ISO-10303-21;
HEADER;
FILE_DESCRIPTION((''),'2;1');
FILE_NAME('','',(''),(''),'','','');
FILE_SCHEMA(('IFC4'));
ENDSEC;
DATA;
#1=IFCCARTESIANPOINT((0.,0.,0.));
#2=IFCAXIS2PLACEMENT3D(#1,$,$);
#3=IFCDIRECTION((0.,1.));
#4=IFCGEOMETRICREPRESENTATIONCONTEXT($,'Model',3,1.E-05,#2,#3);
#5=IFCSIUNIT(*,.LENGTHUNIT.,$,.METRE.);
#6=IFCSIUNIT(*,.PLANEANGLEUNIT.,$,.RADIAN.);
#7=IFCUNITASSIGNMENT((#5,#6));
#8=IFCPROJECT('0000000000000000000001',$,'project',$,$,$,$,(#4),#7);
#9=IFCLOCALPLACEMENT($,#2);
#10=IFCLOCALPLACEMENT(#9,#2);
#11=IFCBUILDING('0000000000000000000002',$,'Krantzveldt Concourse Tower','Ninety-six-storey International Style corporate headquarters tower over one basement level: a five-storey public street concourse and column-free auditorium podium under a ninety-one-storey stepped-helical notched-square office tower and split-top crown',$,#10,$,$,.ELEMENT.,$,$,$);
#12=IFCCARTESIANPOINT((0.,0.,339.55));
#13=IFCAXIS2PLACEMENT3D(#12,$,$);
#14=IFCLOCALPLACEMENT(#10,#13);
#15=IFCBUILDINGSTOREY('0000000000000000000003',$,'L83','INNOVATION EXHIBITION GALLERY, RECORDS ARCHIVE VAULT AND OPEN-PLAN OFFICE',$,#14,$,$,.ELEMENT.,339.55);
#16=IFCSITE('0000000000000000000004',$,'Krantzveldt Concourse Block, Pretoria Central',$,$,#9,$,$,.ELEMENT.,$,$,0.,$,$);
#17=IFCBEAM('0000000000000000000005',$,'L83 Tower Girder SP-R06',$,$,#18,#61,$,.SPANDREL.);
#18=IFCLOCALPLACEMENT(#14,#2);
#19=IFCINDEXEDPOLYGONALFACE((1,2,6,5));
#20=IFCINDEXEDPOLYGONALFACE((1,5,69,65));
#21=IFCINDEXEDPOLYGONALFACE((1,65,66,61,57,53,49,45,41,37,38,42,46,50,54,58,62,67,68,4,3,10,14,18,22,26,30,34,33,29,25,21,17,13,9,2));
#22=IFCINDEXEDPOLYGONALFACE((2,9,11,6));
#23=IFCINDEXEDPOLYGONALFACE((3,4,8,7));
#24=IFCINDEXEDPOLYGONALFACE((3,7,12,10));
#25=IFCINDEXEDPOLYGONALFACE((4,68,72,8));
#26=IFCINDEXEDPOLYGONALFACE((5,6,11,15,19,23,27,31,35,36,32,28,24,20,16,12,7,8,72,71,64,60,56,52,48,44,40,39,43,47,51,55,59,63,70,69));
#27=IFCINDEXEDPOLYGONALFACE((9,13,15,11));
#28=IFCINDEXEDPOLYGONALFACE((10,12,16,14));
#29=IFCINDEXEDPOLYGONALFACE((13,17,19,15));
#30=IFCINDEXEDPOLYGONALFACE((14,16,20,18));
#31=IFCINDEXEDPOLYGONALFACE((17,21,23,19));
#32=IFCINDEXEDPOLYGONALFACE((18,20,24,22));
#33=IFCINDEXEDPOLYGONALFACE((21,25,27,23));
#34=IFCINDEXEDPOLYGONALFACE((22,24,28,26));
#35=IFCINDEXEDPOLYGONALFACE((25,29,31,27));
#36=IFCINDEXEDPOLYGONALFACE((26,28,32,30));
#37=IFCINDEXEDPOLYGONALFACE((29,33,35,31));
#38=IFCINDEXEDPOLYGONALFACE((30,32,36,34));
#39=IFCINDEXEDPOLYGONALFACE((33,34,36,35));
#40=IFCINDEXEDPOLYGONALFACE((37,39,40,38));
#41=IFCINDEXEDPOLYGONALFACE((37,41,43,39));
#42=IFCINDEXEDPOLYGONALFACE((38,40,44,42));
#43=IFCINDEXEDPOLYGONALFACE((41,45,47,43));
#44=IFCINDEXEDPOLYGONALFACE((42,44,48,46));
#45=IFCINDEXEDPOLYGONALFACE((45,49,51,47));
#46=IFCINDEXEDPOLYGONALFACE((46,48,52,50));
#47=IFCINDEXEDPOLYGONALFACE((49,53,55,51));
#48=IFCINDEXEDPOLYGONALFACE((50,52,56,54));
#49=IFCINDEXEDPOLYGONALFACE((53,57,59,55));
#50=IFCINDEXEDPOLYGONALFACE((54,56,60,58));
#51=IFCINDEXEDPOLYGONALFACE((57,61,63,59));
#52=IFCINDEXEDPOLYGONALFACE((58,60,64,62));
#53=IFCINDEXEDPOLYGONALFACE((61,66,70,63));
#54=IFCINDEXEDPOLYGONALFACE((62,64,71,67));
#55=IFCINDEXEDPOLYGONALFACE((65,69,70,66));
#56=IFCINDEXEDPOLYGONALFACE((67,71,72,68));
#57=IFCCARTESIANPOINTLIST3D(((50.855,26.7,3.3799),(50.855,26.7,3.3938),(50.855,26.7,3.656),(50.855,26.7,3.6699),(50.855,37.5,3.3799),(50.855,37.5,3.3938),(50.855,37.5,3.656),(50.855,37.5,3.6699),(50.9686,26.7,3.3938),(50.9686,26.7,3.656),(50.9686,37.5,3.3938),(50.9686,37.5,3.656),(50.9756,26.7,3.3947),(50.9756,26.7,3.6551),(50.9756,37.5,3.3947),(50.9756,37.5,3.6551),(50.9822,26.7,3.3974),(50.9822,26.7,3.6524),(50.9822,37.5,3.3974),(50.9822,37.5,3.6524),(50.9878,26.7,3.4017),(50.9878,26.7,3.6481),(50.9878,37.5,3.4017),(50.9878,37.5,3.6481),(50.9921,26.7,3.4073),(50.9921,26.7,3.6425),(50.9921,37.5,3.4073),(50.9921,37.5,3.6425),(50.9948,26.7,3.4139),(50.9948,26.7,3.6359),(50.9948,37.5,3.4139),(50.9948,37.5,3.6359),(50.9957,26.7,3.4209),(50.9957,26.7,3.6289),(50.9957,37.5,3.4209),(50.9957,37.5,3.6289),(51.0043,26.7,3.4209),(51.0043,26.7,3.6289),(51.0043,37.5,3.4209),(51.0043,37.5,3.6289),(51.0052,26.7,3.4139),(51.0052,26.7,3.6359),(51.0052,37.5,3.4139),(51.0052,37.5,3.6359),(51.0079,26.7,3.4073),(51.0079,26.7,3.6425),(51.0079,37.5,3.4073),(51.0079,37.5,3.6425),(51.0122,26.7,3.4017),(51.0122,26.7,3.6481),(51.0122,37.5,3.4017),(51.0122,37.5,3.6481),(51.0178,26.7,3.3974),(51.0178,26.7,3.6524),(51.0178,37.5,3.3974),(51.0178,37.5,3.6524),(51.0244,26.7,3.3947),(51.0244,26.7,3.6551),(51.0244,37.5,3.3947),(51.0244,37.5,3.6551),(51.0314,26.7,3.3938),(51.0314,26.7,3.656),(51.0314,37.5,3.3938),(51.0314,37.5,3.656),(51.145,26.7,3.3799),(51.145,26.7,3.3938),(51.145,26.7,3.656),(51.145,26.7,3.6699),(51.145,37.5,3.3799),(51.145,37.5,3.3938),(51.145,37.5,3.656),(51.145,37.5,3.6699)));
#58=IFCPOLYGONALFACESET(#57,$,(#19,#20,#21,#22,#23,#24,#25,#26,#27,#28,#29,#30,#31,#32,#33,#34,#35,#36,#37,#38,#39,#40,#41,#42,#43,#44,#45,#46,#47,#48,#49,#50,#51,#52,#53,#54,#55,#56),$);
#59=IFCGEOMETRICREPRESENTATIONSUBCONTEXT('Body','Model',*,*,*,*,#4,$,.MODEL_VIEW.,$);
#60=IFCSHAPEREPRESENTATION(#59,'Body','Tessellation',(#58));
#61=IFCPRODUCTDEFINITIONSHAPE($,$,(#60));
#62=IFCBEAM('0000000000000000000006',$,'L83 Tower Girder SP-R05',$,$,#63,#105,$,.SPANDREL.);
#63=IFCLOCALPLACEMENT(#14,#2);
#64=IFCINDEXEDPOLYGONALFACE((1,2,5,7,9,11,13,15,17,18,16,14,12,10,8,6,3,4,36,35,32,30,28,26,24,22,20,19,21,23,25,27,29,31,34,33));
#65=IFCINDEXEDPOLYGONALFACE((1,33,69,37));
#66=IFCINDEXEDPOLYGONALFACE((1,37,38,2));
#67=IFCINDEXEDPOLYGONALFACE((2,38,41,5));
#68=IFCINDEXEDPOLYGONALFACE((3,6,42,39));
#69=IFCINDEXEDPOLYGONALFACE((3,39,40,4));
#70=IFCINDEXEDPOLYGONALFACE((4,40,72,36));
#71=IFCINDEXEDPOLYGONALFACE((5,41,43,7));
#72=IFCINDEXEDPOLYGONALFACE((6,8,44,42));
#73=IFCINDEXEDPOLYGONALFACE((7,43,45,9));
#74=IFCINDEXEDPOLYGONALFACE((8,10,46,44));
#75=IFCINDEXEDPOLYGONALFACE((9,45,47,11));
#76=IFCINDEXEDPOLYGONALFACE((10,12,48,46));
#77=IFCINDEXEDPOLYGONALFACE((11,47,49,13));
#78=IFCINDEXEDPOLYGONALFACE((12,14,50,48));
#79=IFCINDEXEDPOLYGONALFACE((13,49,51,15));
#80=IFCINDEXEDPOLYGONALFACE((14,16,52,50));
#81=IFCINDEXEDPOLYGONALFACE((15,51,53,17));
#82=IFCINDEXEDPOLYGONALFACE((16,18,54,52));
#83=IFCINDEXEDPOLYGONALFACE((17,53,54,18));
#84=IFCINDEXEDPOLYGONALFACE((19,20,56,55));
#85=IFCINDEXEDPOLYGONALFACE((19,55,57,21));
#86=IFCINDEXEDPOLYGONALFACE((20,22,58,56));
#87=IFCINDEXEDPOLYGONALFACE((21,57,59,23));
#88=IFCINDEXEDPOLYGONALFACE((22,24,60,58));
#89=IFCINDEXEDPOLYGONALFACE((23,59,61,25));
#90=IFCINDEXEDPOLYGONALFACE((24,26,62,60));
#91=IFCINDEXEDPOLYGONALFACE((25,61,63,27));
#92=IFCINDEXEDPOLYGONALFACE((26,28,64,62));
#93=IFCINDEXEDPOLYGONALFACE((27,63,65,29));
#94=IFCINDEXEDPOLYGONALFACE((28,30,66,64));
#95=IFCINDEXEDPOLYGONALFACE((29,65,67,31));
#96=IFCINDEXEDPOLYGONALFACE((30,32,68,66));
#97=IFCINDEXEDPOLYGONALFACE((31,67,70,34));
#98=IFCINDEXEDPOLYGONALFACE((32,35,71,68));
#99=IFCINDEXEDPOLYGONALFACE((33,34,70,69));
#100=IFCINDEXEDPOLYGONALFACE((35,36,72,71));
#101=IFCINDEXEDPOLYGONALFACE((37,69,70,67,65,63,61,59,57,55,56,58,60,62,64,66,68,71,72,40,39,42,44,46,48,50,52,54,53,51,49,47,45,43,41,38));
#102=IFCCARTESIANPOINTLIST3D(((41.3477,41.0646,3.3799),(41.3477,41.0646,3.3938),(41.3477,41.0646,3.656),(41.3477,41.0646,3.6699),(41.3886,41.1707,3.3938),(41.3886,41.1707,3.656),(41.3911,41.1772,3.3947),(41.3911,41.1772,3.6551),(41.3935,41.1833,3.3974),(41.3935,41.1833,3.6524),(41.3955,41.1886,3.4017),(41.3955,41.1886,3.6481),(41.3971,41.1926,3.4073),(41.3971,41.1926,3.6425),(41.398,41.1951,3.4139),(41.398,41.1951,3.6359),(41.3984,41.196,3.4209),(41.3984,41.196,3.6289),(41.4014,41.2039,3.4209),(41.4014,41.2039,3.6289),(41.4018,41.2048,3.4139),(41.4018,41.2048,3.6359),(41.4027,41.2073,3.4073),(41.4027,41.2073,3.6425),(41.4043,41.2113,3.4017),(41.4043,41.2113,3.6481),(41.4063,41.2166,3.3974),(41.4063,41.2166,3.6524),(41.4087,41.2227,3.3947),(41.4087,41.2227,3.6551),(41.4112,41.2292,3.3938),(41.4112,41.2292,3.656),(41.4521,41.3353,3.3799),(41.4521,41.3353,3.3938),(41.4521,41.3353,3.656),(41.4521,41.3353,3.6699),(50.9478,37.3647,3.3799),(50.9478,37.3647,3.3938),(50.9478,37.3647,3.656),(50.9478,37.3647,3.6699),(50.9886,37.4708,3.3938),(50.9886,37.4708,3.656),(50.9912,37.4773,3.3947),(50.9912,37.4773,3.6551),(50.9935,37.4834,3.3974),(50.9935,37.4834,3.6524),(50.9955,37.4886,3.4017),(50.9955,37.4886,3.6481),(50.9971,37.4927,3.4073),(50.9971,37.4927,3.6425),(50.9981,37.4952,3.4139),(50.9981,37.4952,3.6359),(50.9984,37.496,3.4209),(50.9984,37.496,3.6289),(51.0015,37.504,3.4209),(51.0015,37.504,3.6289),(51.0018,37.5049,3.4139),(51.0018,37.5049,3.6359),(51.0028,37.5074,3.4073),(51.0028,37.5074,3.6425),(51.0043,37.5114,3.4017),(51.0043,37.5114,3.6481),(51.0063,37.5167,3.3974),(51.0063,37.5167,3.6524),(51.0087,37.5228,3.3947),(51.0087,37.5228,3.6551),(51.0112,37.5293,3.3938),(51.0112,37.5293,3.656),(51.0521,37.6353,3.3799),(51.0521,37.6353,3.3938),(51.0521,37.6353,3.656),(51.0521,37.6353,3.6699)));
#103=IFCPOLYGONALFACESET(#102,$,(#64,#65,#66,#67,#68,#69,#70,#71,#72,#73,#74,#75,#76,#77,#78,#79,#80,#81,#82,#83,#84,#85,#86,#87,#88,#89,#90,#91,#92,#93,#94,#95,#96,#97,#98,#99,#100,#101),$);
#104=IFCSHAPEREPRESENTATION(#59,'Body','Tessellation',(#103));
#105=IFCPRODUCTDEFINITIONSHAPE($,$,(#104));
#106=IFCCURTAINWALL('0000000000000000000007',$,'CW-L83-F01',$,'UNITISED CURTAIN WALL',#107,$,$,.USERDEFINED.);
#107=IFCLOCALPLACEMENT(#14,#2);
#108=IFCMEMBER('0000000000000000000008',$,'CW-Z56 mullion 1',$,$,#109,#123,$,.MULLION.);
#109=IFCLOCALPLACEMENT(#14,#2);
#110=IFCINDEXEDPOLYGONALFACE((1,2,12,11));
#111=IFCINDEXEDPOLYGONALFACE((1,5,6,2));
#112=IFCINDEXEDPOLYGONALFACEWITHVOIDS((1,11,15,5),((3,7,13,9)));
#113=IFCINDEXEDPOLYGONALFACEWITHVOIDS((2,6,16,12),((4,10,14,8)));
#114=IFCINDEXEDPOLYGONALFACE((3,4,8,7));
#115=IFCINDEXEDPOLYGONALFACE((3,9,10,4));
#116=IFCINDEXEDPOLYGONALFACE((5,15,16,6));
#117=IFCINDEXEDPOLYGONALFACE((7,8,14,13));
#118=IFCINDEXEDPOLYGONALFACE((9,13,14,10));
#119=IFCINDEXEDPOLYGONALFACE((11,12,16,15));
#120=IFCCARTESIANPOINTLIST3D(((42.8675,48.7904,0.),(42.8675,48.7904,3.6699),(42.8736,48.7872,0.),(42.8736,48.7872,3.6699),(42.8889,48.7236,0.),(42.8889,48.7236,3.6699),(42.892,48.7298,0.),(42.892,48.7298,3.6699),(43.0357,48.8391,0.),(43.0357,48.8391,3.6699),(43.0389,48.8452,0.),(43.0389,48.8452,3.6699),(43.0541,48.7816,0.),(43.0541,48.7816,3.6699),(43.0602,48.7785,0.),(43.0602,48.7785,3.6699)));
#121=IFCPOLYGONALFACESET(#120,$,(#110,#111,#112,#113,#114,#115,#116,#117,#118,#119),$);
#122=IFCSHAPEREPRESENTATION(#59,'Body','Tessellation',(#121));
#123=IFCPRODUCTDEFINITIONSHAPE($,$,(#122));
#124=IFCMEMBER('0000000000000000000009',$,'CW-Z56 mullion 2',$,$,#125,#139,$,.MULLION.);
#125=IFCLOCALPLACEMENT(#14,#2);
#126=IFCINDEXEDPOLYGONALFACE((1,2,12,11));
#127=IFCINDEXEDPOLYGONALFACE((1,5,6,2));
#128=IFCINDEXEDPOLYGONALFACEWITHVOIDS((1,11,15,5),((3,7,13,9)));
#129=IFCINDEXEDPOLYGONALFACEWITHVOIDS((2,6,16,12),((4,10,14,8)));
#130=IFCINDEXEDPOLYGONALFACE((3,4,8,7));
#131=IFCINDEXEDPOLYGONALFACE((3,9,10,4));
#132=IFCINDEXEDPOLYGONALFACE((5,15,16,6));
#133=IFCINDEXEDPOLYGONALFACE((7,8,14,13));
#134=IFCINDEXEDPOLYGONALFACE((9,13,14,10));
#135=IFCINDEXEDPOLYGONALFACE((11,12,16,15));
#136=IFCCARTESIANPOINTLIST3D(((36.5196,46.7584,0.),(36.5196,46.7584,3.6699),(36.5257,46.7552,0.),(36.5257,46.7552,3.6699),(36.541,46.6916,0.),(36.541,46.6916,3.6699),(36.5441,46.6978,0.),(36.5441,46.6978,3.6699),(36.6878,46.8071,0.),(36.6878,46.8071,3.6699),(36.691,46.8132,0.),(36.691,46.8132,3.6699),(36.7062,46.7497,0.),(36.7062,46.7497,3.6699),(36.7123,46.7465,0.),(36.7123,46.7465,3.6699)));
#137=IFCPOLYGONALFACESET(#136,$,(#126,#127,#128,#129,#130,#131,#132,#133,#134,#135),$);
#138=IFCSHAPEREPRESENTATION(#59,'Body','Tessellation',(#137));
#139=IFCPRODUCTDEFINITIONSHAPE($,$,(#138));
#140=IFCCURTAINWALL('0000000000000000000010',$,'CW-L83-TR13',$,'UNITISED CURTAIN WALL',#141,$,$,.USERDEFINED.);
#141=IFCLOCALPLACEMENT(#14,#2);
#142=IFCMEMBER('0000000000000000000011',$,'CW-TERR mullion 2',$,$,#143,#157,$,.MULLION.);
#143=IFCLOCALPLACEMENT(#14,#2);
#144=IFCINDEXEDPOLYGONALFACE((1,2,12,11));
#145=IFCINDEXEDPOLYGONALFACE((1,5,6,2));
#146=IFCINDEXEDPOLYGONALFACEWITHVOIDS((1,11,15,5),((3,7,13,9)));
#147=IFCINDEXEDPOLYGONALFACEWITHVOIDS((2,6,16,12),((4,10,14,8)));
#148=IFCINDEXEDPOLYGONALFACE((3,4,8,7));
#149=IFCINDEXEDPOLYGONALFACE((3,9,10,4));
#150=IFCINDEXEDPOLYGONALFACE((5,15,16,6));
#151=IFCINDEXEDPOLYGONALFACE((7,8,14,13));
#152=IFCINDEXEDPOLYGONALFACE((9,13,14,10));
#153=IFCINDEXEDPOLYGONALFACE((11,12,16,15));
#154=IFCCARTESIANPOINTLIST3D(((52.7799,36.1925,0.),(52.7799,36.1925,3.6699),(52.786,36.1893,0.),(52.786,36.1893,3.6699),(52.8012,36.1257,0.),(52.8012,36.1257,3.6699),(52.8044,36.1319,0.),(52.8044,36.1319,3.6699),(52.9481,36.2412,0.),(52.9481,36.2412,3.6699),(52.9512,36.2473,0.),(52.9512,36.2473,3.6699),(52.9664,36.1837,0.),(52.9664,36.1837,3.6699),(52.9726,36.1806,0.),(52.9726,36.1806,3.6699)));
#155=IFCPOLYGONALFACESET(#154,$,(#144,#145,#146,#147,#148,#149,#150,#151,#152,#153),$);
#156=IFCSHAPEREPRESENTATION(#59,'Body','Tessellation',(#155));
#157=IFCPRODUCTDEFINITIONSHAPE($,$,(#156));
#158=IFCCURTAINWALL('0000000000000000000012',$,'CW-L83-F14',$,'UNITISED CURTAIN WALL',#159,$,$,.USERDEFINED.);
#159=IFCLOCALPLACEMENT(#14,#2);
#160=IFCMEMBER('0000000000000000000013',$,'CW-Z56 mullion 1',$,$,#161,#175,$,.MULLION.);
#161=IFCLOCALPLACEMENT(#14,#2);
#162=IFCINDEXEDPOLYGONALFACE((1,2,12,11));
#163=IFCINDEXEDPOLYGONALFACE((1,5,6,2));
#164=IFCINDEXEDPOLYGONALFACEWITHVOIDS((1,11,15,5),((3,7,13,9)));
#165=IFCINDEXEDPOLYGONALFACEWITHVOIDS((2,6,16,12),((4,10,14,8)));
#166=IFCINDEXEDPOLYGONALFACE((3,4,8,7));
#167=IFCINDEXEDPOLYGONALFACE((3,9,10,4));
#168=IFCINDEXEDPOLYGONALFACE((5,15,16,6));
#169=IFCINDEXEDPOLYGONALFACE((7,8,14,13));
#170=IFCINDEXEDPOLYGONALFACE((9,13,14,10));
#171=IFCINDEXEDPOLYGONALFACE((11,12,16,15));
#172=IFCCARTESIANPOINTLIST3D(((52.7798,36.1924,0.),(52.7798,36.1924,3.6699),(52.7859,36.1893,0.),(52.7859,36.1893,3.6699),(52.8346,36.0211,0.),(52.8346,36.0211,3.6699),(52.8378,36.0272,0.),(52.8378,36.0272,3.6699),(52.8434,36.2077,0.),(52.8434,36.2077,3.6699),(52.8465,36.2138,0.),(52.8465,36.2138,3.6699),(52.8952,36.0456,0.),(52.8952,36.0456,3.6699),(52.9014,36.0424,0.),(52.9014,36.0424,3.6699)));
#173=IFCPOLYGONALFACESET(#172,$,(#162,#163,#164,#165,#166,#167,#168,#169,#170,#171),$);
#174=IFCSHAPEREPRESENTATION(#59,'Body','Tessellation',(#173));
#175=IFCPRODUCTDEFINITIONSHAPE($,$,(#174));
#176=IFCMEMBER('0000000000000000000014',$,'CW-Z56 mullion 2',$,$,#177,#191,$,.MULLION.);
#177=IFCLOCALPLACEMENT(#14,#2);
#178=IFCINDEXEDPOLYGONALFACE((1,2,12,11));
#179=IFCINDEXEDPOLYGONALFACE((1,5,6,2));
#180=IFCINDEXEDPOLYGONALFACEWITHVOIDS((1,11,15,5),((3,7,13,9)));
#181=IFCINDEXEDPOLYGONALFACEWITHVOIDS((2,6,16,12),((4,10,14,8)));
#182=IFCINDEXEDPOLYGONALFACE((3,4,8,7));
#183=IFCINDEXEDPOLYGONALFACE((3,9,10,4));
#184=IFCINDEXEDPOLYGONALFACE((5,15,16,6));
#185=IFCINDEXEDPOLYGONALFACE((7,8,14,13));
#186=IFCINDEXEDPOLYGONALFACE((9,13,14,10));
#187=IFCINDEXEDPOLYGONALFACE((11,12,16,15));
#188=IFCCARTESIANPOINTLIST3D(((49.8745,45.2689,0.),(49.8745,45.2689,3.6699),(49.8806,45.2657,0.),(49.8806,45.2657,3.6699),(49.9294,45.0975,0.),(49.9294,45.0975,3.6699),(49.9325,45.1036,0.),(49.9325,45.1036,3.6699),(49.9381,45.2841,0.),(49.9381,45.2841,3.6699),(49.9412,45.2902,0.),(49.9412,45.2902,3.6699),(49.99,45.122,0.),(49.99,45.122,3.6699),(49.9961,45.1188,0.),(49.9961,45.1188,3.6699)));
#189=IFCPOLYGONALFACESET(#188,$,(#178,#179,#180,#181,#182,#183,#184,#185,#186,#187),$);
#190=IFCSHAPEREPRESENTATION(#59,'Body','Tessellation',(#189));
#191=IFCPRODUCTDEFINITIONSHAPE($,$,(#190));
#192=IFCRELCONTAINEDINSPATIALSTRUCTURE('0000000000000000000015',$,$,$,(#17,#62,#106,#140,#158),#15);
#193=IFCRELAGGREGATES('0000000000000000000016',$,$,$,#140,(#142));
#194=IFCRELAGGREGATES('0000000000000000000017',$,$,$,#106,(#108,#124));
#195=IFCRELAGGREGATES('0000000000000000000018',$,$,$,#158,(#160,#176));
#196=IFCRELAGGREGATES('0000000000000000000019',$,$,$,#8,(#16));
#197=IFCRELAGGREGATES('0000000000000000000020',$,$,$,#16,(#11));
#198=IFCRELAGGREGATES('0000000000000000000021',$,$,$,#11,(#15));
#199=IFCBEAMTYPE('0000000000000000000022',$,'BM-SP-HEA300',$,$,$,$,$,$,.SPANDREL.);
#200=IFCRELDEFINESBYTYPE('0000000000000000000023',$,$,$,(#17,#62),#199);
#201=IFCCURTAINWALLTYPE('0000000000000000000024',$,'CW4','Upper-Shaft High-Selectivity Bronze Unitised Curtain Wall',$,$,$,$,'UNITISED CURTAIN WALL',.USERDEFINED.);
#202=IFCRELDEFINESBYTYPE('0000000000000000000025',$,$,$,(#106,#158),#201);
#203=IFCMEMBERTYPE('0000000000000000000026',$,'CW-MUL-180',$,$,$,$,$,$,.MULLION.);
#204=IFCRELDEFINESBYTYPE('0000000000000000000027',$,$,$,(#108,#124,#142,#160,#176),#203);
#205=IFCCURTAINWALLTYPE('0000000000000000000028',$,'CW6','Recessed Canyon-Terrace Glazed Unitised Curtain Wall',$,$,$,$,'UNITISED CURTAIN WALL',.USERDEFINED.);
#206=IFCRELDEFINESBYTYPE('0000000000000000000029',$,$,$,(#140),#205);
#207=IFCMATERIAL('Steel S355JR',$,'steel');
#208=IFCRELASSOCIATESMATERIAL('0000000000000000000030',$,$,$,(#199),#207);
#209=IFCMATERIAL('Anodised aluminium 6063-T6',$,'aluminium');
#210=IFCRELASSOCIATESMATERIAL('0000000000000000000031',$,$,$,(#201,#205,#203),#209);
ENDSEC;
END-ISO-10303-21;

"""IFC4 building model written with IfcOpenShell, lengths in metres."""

from ifc_helpers import new_model, si_unit, direction, frame, origin, origin_2d, place, context, subcontext, project, spatial, hollow_rectangle, i_section, extrude, source, transform, mapped, material, material_profile, profile_set, type_object, type_shapes, element, aggregate, save


model = new_model("IFC4")

# Units and contexts
model_context = context("Model", 3, precision=1e-05, world=origin(), true_north=direction((0.0, 1.0)))
body_context = subcontext(model_context, "Body", "Model", "MODEL_VIEW")
ifc_project = project(units=[si_unit("LENGTHUNIT", "METRE"), si_unit("PLANEANGLEUNIT", "RADIAN")], contexts=[model_context])

# Site, building, storey
site_placement = place(None, origin())
site = spatial("IfcSite", under=ifc_project, at=site_placement, Name="Krantzveldt Concourse Block, Pretoria Central", CompositionType="ELEMENT", RefElevation=0.0)
building_placement = place(site_placement, origin())
building = spatial("IfcBuilding", under=site, at=building_placement, Name="Krantzveldt Concourse Tower", Description="Ninety-six-storey International Style corporate headquarters tower over one basement level: a five-storey public street concourse and column-free auditorium podium under a ninety-one-storey stepped-helical notched-square office tower and split-top crown", CompositionType="ELEMENT")
storey_placement = place(building_placement, frame((0.0, 0.0, 339.55)))
storey = spatial("IfcBuildingStorey", under=building, at=storey_placement, Name="L83", Description="INNOVATION EXHIBITION GALLERY, RECORDS ARCHIVE VAULT AND OPEN-PLAN OFFICE", CompositionType="ELEMENT", Elevation=339.55)

# Beams
ifc_material_1 = material(Name="Steel S355JR", Category="steel")
ifc_material_profile_1 = material_profile(ifc_material_1, i_section(OverallWidth=0.29, OverallDepth=0.29, WebThickness=0.0085, FlangeThickness=0.0139, FilletRadius=0.0271, at=origin_2d()), Name="Steel S355JR", Category="steel")
ifc_profile_set_1 = profile_set([ifc_material_profile_1], Name="Steel S355JR - HEA 300")
beam_type_1 = type_object("IfcBeamType", Name="BM-SP-HEA300", PredefinedType="SPANDREL", material=ifc_profile_set_1)
shared_shape_1 = source(origin(), body_context, "Body", "SweptSolid", [
    extrude(i_section(OverallWidth=0.29, OverallDepth=0.29, WebThickness=0.0085, FlangeThickness=0.0139, FilletRadius=0.0271, at=origin_2d()), origin(), (0.0, 0.0, 1.0), 10.8),
])
beam_1_placement = place(storey_placement, frame((51.0, 37.5, 3.5249), z_axis=(0.0, -1.0, 0.0), x_axis=(1.0, 0.0, 0.0)))
element("IfcBeam", 1, at=beam_1_placement, inside=storey, type_object=beam_type_1, Name="L83 Tower Girder SP-R06", PredefinedType="SPANDREL", context=body_context, shape_type="MappedRepresentation", body=[
    mapped(shared_shape_1, transform((0.0, 0.0, 0.0), x_axis=(1.0, 0.0, 0.0), y_axis=(0.0, 1.0, 0.0), z_axis=(0.0, 0.0, 1.0), scale=1.0)),
])
shared_shape_2 = source(origin(), body_context, "Body", "SweptSolid", [
    extrude(i_section(OverallWidth=0.29, OverallDepth=0.29, WebThickness=0.0085, FlangeThickness=0.0139, FilletRadius=0.0271, at=origin_2d()), origin(), (0.0, 0.0, 1.0), 10.2883),
])
type_shapes(beam_type_1, [shared_shape_1, shared_shape_2])
beam_2_placement = place(storey_placement, frame((41.3999, 41.2, 3.5249), z_axis=(0.933098, -0.359623, 0.0), x_axis=(0.359623, 0.933098, 0.0)))
element("IfcBeam", 2, at=beam_2_placement, inside=storey, type_object=beam_type_1, Name="L83 Tower Girder SP-R05", PredefinedType="SPANDREL", context=body_context, shape_type="MappedRepresentation", body=[
    mapped(shared_shape_2, transform((0.0, 0.0, 0.0), x_axis=(1.0, 0.0, 0.0), y_axis=(0.0, 1.0, 0.0), z_axis=(0.0, 0.0, 1.0), scale=1.0)),
])

# Curtain wall, members
ifc_material_2 = material(Name="Anodised aluminium 6063-T6", Category="aluminium")
curtain_wall_type_1 = type_object("IfcCurtainWallType", Name="CW4", Description="Upper-Shaft High-Selectivity Bronze Unitised Curtain Wall", ElementType="UNITISED CURTAIN WALL", PredefinedType="USERDEFINED", material=ifc_material_2)
curtain_wall_1_placement = place(storey_placement, origin())
curtain_wall_1 = element("IfcCurtainWall", 3, at=curtain_wall_1_placement, inside=storey, type_object=curtain_wall_type_1, Name="CW-L83-F01", ObjectType="UNITISED CURTAIN WALL", PredefinedType="USERDEFINED")
ifc_material_profile_2 = material_profile(ifc_material_2, hollow_rectangle(XDim=0.0701, YDim=0.1799, WallThickness=0.0049, at=origin_2d()), Name="Anodised aluminium 6063-T6", Category="aluminium")
ifc_profile_set_2 = profile_set([ifc_material_profile_2], Name="Anodised aluminium 6063-T6 - ALU-MULL 180x70x5")
member_type_1 = type_object("IfcMemberType", Name="CW-MUL-180", PredefinedType="MULLION", material=ifc_profile_set_2)
shared_shape_3 = source(origin(), body_context, "Body", "SweptSolid", [
    extrude(hollow_rectangle(XDim=0.0701, YDim=0.1799, WallThickness=0.0049, at=origin_2d()), origin(), (0.0, 0.0, 1.0), 3.6699),
])
type_shapes(member_type_1, [shared_shape_3])
member_1_placement = place(storey_placement, frame((42.9639, 48.7844, 0.0), z_axis=(0.0, 0.0, 1.0), x_axis=(0.304864, -0.952396, 0.0)))
member_1 = element("IfcMember", 4, at=member_1_placement, type_object=member_type_1, Name="CW-Z56 mullion 1", PredefinedType="MULLION", context=body_context, shape_type="MappedRepresentation", body=[
    mapped(shared_shape_3, transform((0.0, 0.0, 0.0), x_axis=(1.0, 0.0, 0.0), y_axis=(0.0, 1.0, 0.0), z_axis=(0.0, 0.0, 1.0), scale=1.0)),
])
member_2_placement = place(storey_placement, frame((36.616, 46.7524, 0.0), z_axis=(0.0, 0.0, 1.0), x_axis=(0.304864, -0.952396, 0.0)))
member_2 = element("IfcMember", 5, at=member_2_placement, type_object=member_type_1, Name="CW-Z56 mullion 2", PredefinedType="MULLION", context=body_context, shape_type="MappedRepresentation", body=[
    mapped(shared_shape_3, transform((0.0, 0.0, 0.0), x_axis=(1.0, 0.0, 0.0), y_axis=(0.0, 1.0, 0.0), z_axis=(0.0, 0.0, 1.0), scale=1.0)),
])

# Curtain wall, member
curtain_wall_type_2 = type_object("IfcCurtainWallType", Name="CW6", Description="Recessed Canyon-Terrace Glazed Unitised Curtain Wall", ElementType="UNITISED CURTAIN WALL", PredefinedType="USERDEFINED", material=ifc_material_2)
curtain_wall_2_placement = place(storey_placement, origin())
curtain_wall_2 = element("IfcCurtainWall", 6, at=curtain_wall_2_placement, inside=storey, type_object=curtain_wall_type_2, Name="CW-L83-TR13", ObjectType="UNITISED CURTAIN WALL", PredefinedType="USERDEFINED")
member_3_placement = place(storey_placement, frame((52.8762, 36.1865, 0.0), z_axis=(0.0, 0.0, 1.0), x_axis=(-0.304864, 0.952396, 0.0)))
member_3 = element("IfcMember", 7, at=member_3_placement, type_object=member_type_1, Name="CW-TERR mullion 2", PredefinedType="MULLION", context=body_context, shape_type="MappedRepresentation", body=[
    mapped(shared_shape_3, transform((0.0, 0.0, 0.0), x_axis=(1.0, 0.0, 0.0), y_axis=(0.0, 1.0, 0.0), z_axis=(0.0, 0.0, 1.0), scale=1.0)),
])

# Curtain wall, members
curtain_wall_3_placement = place(storey_placement, origin())
curtain_wall_3 = element("IfcCurtainWall", 8, at=curtain_wall_3_placement, inside=storey, type_object=curtain_wall_type_1, Name="CW-L83-F14", ObjectType="UNITISED CURTAIN WALL", PredefinedType="USERDEFINED")
member_4_placement = place(storey_placement, frame((52.8406, 36.1174, 0.0), z_axis=(0.0, 0.0, 1.0), x_axis=(-0.952396, -0.304865, 0.0)))
member_4 = element("IfcMember", 9, at=member_4_placement, type_object=member_type_1, Name="CW-Z56 mullion 1", PredefinedType="MULLION", context=body_context, shape_type="MappedRepresentation", body=[
    mapped(shared_shape_3, transform((0.0, 0.0, 0.0), x_axis=(1.0, 0.0, 0.0), y_axis=(0.0, 1.0, 0.0), z_axis=(0.0, 0.0, 1.0), scale=1.0)),
])
member_5_placement = place(storey_placement, frame((49.9353, 45.1938, 0.0), z_axis=(0.0, 0.0, 1.0), x_axis=(-0.952396, -0.304865, 0.0)))
member_5 = element("IfcMember", 10, at=member_5_placement, type_object=member_type_1, Name="CW-Z56 mullion 2", PredefinedType="MULLION", context=body_context, shape_type="MappedRepresentation", body=[
    mapped(shared_shape_3, transform((0.0, 0.0, 0.0), x_axis=(1.0, 0.0, 0.0), y_axis=(0.0, 1.0, 0.0), z_axis=(0.0, 0.0, 1.0), scale=1.0)),
])

aggregate(curtain_wall_2, [member_3])
aggregate(curtain_wall_1, [member_1, member_2])
aggregate(curtain_wall_3, [member_4, member_5])

save(model, "model.ifc")
